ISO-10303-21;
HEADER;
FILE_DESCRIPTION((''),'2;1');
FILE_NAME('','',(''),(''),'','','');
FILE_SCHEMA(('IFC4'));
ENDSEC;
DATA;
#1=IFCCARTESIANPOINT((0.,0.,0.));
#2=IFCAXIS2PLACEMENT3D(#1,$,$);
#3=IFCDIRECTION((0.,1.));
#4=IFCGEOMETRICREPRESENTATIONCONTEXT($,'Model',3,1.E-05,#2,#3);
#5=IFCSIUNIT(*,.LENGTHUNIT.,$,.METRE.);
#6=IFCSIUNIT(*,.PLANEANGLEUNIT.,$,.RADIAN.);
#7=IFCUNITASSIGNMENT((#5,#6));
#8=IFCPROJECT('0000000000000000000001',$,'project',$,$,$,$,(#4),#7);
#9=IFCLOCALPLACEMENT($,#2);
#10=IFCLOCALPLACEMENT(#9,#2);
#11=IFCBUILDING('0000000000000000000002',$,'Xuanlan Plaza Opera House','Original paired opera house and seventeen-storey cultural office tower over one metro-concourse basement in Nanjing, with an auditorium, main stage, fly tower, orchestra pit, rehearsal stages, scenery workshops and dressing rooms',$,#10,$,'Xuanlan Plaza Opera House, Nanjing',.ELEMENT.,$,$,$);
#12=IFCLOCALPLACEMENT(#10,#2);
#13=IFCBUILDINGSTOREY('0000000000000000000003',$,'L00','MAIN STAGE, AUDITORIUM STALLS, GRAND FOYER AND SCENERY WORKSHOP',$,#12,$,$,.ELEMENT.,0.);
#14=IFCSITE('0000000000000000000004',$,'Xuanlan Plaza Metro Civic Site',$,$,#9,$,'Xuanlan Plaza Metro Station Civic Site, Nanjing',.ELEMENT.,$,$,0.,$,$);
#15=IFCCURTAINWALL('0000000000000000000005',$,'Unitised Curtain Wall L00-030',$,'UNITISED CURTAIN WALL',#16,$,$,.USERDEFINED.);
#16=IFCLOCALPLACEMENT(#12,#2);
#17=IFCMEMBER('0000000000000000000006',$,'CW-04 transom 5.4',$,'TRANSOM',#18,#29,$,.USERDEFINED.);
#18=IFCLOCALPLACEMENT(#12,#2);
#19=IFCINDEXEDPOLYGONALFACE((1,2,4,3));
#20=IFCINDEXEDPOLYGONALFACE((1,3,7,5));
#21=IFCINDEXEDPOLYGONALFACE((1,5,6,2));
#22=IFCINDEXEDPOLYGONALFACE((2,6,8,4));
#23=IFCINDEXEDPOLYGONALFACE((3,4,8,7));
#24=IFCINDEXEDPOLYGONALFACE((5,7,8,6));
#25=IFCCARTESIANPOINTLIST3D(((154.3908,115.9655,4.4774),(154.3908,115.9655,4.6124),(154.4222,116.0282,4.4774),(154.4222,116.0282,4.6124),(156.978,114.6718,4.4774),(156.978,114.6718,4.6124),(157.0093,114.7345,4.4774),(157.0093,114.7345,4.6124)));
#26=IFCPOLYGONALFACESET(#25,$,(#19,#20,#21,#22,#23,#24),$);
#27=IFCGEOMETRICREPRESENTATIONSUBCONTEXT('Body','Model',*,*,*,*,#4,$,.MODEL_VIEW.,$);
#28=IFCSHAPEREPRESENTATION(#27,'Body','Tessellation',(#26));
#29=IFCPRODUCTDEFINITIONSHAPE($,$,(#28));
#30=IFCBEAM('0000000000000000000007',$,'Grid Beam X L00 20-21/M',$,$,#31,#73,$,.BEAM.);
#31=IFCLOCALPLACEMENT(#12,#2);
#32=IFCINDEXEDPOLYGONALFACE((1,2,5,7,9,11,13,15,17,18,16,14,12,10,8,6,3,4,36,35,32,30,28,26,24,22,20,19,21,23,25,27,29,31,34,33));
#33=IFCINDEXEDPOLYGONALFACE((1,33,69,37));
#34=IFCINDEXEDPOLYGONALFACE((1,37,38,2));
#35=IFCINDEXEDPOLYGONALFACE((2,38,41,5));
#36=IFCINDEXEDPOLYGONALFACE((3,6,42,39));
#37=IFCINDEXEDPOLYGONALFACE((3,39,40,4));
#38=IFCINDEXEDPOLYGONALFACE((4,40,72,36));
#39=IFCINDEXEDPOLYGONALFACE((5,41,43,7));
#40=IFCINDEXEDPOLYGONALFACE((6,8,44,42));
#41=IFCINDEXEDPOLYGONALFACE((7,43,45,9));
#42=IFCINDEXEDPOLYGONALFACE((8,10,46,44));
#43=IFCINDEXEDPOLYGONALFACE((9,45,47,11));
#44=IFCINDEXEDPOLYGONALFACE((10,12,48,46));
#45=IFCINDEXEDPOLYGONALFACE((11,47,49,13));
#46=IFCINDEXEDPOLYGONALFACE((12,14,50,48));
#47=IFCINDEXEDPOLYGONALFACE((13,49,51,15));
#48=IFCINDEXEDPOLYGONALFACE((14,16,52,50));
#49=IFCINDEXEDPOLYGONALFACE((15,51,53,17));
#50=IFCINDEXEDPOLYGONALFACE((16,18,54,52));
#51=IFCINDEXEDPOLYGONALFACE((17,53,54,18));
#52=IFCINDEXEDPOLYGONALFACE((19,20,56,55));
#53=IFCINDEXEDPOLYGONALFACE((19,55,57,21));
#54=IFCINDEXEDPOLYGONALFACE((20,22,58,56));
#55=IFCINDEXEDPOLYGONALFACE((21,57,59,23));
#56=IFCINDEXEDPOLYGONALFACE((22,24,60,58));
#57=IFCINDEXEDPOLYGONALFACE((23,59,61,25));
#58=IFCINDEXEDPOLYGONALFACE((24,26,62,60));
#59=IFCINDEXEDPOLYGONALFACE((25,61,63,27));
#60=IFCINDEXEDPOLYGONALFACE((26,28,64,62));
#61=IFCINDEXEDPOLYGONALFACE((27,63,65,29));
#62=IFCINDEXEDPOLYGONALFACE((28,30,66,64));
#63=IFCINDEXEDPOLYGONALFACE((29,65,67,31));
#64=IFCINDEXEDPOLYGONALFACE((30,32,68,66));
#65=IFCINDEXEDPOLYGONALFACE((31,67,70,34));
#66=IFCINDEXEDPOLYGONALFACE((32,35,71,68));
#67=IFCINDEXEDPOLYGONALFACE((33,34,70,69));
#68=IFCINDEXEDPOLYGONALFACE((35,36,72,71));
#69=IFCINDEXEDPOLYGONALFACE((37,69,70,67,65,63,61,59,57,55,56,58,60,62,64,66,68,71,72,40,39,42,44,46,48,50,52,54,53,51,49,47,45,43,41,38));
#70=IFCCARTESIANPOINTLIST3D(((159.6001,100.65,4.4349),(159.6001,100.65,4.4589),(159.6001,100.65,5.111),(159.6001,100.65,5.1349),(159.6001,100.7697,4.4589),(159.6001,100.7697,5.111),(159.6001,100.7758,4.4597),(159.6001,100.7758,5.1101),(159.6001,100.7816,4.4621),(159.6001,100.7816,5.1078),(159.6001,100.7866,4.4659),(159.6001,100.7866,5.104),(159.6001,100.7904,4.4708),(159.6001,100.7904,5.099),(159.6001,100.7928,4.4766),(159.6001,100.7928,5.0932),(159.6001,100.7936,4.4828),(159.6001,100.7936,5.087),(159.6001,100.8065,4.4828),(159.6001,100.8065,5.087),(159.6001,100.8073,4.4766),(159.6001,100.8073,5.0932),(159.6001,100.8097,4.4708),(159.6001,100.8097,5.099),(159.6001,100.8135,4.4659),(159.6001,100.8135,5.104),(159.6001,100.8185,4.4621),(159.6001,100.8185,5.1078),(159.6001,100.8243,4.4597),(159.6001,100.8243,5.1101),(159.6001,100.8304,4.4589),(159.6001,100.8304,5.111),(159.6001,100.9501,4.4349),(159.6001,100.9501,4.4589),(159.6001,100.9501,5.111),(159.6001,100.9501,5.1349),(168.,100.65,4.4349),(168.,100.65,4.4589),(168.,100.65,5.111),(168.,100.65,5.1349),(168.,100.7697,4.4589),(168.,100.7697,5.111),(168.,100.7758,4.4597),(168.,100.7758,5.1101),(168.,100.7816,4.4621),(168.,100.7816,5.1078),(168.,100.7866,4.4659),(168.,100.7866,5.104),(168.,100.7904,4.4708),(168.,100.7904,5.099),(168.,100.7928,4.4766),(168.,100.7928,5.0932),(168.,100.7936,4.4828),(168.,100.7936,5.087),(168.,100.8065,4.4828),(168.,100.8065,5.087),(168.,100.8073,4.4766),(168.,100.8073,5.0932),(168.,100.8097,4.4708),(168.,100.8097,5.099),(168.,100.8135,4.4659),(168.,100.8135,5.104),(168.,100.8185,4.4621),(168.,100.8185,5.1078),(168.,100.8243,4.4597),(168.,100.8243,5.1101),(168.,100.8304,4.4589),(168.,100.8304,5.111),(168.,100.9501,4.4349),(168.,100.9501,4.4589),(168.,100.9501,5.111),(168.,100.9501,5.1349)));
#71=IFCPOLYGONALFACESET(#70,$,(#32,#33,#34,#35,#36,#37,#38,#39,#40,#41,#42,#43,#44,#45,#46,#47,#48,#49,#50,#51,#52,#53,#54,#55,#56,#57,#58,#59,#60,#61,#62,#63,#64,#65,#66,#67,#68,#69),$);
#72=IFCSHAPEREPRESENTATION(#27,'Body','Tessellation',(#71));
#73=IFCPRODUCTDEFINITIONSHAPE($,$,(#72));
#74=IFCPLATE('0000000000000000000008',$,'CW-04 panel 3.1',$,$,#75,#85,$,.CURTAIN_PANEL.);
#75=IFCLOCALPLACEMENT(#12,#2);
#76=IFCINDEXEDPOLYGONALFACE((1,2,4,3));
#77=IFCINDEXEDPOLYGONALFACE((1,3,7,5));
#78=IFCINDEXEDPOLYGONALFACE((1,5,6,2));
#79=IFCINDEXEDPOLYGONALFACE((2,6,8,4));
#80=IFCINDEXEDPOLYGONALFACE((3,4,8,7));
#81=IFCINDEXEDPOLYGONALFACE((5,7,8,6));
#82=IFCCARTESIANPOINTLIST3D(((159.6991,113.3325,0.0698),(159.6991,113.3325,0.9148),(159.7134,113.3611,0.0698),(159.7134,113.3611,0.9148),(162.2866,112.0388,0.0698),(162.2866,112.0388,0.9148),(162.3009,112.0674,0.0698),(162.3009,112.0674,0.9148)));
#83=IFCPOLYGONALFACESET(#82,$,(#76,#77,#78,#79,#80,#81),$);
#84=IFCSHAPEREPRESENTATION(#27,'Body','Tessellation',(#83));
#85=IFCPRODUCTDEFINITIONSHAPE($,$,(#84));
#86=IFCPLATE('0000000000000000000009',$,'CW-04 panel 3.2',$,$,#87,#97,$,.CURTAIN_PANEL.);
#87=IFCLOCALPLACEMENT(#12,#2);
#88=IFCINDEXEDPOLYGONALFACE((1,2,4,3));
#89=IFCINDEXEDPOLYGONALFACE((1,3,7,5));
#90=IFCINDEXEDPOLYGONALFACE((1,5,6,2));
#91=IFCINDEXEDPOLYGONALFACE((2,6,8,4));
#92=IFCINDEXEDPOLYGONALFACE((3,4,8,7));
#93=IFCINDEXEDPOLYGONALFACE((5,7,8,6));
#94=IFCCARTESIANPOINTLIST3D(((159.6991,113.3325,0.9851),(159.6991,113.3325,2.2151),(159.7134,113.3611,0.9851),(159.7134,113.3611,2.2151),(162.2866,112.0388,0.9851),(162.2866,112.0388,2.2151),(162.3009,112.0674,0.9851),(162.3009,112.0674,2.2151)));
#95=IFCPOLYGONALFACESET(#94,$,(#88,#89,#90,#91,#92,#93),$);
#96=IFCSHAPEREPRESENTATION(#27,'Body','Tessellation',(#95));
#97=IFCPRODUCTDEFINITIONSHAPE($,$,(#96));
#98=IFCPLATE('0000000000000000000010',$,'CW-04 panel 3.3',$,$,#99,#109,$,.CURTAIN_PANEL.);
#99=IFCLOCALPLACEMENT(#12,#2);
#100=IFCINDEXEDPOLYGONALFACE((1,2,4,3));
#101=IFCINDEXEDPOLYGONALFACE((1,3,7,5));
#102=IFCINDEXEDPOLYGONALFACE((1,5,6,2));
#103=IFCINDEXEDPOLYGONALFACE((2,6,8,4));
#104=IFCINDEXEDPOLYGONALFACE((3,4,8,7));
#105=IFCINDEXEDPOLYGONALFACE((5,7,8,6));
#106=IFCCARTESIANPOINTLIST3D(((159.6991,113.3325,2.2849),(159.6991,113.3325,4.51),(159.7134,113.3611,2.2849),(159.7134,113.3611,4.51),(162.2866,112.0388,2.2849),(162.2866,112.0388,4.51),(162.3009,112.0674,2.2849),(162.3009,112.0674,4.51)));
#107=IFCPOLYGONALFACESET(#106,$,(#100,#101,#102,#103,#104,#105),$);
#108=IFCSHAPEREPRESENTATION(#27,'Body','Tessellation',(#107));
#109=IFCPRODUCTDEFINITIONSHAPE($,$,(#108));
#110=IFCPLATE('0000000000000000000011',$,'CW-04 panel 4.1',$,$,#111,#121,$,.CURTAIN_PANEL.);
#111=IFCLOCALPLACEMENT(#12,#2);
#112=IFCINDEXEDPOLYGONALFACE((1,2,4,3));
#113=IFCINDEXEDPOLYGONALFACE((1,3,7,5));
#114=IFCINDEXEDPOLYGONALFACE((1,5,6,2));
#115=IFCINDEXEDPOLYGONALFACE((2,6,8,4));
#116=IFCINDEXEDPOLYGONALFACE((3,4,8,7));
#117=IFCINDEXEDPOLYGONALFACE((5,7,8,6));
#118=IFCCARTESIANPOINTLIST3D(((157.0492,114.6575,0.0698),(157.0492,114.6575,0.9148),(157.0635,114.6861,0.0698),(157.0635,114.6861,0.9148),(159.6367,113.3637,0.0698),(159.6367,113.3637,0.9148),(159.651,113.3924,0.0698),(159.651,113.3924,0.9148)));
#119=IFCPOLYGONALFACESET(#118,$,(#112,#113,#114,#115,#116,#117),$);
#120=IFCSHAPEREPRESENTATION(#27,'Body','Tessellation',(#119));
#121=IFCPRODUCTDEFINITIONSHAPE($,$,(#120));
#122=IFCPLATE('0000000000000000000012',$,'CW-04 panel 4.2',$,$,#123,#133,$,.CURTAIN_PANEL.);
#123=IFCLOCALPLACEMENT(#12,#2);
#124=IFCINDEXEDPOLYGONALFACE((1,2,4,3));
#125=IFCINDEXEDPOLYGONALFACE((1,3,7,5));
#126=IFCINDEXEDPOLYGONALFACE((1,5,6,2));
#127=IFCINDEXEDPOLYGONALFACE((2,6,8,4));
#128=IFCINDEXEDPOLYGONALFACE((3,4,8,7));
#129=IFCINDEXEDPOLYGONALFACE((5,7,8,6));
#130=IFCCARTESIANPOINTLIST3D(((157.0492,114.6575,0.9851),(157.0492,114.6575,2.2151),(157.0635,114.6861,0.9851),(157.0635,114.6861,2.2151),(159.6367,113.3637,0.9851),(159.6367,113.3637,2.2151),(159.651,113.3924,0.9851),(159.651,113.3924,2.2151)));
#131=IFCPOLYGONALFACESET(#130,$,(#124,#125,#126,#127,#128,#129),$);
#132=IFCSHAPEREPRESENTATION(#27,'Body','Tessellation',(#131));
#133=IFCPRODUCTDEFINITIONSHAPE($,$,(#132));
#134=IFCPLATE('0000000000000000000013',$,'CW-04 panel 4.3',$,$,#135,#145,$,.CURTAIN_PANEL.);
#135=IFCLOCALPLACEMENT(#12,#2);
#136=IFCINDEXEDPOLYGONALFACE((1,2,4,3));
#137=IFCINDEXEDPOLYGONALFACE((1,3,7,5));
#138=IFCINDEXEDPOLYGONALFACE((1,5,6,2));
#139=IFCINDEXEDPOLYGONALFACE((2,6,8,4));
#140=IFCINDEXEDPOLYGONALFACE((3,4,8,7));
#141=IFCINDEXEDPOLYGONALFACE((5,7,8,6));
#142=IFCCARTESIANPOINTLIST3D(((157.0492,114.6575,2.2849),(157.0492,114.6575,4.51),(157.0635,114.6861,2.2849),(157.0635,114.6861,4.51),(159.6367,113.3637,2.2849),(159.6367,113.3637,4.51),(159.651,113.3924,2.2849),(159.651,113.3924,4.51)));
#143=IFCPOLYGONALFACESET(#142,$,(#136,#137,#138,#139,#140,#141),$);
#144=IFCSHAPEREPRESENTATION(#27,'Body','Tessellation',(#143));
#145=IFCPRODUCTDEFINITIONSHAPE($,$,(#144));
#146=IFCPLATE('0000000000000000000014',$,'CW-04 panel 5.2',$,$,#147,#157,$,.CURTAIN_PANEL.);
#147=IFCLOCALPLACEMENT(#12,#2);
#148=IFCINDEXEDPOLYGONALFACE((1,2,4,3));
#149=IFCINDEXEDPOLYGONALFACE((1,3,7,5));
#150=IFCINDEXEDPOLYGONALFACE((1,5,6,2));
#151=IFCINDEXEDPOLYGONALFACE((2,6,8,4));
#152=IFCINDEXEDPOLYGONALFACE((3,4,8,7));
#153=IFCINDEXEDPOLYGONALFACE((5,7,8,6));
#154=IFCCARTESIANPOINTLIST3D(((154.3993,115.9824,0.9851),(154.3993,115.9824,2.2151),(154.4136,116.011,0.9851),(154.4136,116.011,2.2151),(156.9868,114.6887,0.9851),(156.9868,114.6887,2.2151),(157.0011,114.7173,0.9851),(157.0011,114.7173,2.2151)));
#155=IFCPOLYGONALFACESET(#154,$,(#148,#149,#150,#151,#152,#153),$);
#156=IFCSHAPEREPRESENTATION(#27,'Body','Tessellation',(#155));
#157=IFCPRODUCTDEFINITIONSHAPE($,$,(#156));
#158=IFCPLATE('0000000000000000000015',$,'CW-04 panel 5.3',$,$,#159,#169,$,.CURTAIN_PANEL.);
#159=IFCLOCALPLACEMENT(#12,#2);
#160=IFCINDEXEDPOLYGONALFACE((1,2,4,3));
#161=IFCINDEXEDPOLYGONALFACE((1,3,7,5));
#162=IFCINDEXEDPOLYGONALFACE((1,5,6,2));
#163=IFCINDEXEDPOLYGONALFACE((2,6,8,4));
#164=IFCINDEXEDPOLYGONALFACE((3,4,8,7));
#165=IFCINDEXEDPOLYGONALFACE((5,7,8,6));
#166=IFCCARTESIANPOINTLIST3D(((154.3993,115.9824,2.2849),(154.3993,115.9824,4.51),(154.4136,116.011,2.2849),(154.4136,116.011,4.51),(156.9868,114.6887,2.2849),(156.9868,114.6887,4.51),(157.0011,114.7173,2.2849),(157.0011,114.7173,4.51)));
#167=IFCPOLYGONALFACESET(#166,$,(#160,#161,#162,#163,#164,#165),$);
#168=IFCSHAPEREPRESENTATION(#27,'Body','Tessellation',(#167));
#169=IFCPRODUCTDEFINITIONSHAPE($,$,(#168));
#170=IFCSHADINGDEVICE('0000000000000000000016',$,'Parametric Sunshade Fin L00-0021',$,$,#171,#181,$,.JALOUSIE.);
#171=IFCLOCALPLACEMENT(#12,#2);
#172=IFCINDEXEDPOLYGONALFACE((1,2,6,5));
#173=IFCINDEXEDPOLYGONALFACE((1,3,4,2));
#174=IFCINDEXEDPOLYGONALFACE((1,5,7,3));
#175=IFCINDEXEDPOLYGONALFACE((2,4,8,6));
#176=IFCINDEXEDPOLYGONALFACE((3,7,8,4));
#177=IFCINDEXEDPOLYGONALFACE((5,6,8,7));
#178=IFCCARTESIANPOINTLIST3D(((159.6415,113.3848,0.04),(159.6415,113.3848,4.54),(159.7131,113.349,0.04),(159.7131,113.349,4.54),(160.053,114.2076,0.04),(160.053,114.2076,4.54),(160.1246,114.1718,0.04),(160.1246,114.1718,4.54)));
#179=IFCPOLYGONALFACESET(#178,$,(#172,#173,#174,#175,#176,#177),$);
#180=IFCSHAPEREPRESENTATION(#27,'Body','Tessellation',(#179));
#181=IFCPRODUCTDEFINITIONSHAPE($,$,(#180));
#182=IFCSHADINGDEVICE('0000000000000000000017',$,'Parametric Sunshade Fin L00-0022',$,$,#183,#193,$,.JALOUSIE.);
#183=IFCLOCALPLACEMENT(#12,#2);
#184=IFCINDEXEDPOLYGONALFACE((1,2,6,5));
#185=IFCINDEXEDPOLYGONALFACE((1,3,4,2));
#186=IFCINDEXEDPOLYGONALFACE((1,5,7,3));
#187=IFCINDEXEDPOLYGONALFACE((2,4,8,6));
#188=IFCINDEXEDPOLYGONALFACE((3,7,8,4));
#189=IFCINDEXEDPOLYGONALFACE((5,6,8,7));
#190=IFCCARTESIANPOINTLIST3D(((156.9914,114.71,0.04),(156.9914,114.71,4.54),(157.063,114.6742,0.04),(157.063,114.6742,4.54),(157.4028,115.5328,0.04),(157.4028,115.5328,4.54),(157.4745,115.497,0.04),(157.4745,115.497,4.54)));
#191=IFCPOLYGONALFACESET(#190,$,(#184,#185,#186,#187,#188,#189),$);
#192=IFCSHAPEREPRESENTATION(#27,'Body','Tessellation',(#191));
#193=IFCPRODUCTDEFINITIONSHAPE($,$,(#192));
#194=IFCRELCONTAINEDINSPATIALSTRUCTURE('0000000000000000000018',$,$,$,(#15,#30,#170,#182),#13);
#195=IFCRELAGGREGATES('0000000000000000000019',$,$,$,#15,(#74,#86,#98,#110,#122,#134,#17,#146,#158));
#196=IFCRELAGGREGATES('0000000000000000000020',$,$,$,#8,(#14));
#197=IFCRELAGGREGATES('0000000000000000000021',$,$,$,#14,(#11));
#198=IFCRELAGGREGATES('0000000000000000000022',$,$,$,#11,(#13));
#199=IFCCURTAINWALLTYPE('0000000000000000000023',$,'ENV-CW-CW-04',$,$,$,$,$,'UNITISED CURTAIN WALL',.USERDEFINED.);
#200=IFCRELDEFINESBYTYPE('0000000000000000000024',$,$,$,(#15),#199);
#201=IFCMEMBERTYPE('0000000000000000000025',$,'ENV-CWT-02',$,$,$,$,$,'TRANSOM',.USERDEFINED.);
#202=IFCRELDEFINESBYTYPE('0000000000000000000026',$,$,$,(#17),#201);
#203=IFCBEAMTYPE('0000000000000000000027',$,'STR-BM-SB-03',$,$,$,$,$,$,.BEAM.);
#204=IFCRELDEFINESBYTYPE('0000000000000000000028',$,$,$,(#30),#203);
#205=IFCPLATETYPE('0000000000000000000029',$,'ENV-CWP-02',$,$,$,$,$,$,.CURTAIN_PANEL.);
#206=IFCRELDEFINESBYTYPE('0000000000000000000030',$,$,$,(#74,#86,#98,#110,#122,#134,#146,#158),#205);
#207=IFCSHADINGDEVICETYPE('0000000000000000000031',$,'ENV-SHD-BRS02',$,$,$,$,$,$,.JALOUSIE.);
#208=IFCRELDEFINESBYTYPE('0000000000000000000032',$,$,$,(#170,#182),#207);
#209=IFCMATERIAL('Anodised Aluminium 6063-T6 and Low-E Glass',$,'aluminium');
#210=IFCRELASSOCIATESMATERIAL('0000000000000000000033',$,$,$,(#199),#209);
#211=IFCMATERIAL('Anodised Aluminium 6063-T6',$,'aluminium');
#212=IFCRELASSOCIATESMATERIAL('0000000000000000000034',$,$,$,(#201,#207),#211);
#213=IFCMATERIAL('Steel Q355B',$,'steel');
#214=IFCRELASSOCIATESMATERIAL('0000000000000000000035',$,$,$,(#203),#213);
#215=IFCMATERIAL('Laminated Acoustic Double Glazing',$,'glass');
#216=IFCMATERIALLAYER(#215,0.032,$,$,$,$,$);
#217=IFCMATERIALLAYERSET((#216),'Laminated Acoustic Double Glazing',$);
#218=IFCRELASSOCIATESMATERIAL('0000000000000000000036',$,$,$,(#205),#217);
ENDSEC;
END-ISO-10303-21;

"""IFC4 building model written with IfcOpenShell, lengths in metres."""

from ifc_helpers import new_model, si_unit, direction, frame, origin, origin_2d, place, context, subcontext, project, spatial, rectangle, i_section, extrude, material, layer, layer_set, material_profile, profile_set, type_object, element, aggregate, save


model = new_model("IFC4")

# Units and contexts
model_context = context("Model", 3, precision=1e-05, world=origin(), true_north=direction((0.0, 1.0)))
body_context = subcontext(model_context, "Body", "Model", "MODEL_VIEW")
ifc_project = project(units=[si_unit("LENGTHUNIT", "METRE"), si_unit("PLANEANGLEUNIT", "RADIAN")], contexts=[model_context])

# Site, building, storey
site_placement = place(None, origin())
site = spatial("IfcSite", under=ifc_project, at=site_placement, Name="Xuanlan Plaza Metro Civic Site", LongName="Xuanlan Plaza Metro Station Civic Site, Nanjing", CompositionType="ELEMENT", RefElevation=0.0)
building_placement = place(site_placement, origin())
building = spatial("IfcBuilding", under=site, at=building_placement, Name="Xuanlan Plaza Opera House", Description="Original paired opera house and seventeen-storey cultural office tower over one metro-concourse basement in Nanjing, with an auditorium, main stage, fly tower, orchestra pit, rehearsal stages, scenery workshops and dressing rooms", LongName="Xuanlan Plaza Opera House, Nanjing", CompositionType="ELEMENT")
storey_placement = place(building_placement, origin())
storey = spatial("IfcBuildingStorey", under=building, at=storey_placement, Name="L00", Description="MAIN STAGE, AUDITORIUM STALLS, GRAND FOYER AND SCENERY WORKSHOP", CompositionType="ELEMENT", Elevation=0.0)

# Curtain wall, member
ifc_material_1 = material(Name="Anodised Aluminium 6063-T6 and Low-E Glass", Category="aluminium")
curtain_wall_type = type_object("IfcCurtainWallType", Name="ENV-CW-CW-04", ElementType="UNITISED CURTAIN WALL", PredefinedType="USERDEFINED", material=ifc_material_1)
curtain_wall_placement = place(storey_placement, origin())
curtain_wall = element("IfcCurtainWall", 1, at=curtain_wall_placement, inside=storey, type_object=curtain_wall_type, Name="Unitised Curtain Wall L00-030", ObjectType="UNITISED CURTAIN WALL", PredefinedType="USERDEFINED")
ifc_material_2 = material(Name="Anodised Aluminium 6063-T6", Category="aluminium")
ifc_material_profile_1 = material_profile(ifc_material_2, rectangle(XDim=0.0701, YDim=0.135, at=origin_2d()), Name="ALU-T 70x135")
ifc_profile_set_1 = profile_set([ifc_material_profile_1], Name="Anodised Aluminium 6063-T6")
member_type_1 = type_object("IfcMemberType", Name="ENV-CWT-02", ElementType="TRANSOM", PredefinedType="USERDEFINED", material=ifc_profile_set_1)
member_1_placement = place(storey_placement, frame((156.9937, 114.7031, 4.5449), z_axis=(-0.89441, 0.447247, 0.0), x_axis=(-0.447247, -0.89441, 0.0)))
member_1 = element("IfcMember", 2, at=member_1_placement, type_object=member_type_1, Name="CW-04 transom 5.4", ObjectType="TRANSOM", PredefinedType="USERDEFINED", context=body_context, shape_type="SweptSolid", body=[
    extrude(rectangle(XDim=0.0701, YDim=0.135, at=origin_2d()), origin(), (0.0, 0.0, 1.0), 2.8926),
])

# Beam
ifc_material_3 = material(Name="Steel Q355B", Category="steel")
ifc_material_profile_2 = material_profile(ifc_material_3, i_section(OverallWidth=0.3, OverallDepth=0.7, WebThickness=0.0129, FlangeThickness=0.0239, FilletRadius=0.0239, at=origin_2d()), Name="HN 700x300x13x24")
ifc_profile_set_2 = profile_set([ifc_material_profile_2], Name="Steel Q355B")
beam_type = type_object("IfcBeamType", Name="STR-BM-SB-03", PredefinedType="BEAM", material=ifc_profile_set_2)
beam_placement = place(storey_placement, frame((159.6001, 100.8, 4.7849), z_axis=(1.0, 0.0, 0.0), x_axis=(0.0, 1.0, 0.0)))
element("IfcBeam", 3, at=beam_placement, inside=storey, type_object=beam_type, Name="Grid Beam X L00 20-21/M", PredefinedType="BEAM", context=body_context, shape_type="SweptSolid", body=[
    extrude(i_section(OverallWidth=0.3, OverallDepth=0.7, WebThickness=0.0129, FlangeThickness=0.0239, FilletRadius=0.0239, at=origin_2d()), origin(), (0.0, 0.0, 1.0), 8.3999),
])

# Plates
ifc_material_4 = material(Name="Laminated Acoustic Double Glazing", Category="glass")
ifc_layer = layer(ifc_material_4, 0.032)
ifc_layer_set = layer_set([ifc_layer], Name="Laminated Acoustic Double Glazing")
plate_type = type_object("IfcPlateType", Name="ENV-CWP-02", PredefinedType="CURTAIN_PANEL", material=ifc_layer_set)
plate_1_placement = place(storey_placement, frame((161.0, 112.7, 0.0698), z_axis=(0.0, 0.0, 1.0), x_axis=(-0.894427, 0.447214, 0.0)))
plate_1 = element("IfcPlate", 4, at=plate_1_placement, type_object=plate_type, Name="CW-04 panel 3.1", PredefinedType="CURTAIN_PANEL", context=body_context, shape_type="SweptSolid", body=[
    extrude(rectangle(XDim=2.8928, YDim=0.032, at=origin_2d()), origin(), (0.0, 0.0, 1.0), 0.845),
])
plate_2_placement = place(storey_placement, frame((161.0, 112.7, 0.9851), z_axis=(0.0, 0.0, 1.0), x_axis=(-0.894427, 0.447214, 0.0)))
plate_2 = element("IfcPlate", 5, at=plate_2_placement, type_object=plate_type, Name="CW-04 panel 3.2", PredefinedType="CURTAIN_PANEL", context=body_context, shape_type="SweptSolid", body=[
    extrude(rectangle(XDim=2.8928, YDim=0.032, at=origin_2d()), origin(), (0.0, 0.0, 1.0), 1.23),
])
plate_3_placement = place(storey_placement, frame((161.0, 112.7, 2.2849), z_axis=(0.0, 0.0, 1.0), x_axis=(-0.894427, 0.447214, 0.0)))
plate_3 = element("IfcPlate", 6, at=plate_3_placement, type_object=plate_type, Name="CW-04 panel 3.3", PredefinedType="CURTAIN_PANEL", context=body_context, shape_type="SweptSolid", body=[
    extrude(rectangle(XDim=2.8928, YDim=0.032, at=origin_2d()), origin(), (0.0, 0.0, 1.0), 2.2251),
])
plate_4_placement = place(storey_placement, frame((158.3501, 114.0249, 0.0698), z_axis=(0.0, 0.0, 1.0), x_axis=(-0.894427, 0.447214, 0.0)))
plate_4 = element("IfcPlate", 7, at=plate_4_placement, type_object=plate_type, Name="CW-04 panel 4.1", PredefinedType="CURTAIN_PANEL", context=body_context, shape_type="SweptSolid", body=[
    extrude(rectangle(XDim=2.8928, YDim=0.032, at=origin_2d()), origin(), (0.0, 0.0, 1.0), 0.845),
])
plate_5_placement = place(storey_placement, frame((158.3501, 114.0249, 0.9851), z_axis=(0.0, 0.0, 1.0), x_axis=(-0.894427, 0.447214, 0.0)))
plate_5 = element("IfcPlate", 8, at=plate_5_placement, type_object=plate_type, Name="CW-04 panel 4.2", PredefinedType="CURTAIN_PANEL", context=body_context, shape_type="SweptSolid", body=[
    extrude(rectangle(XDim=2.8928, YDim=0.032, at=origin_2d()), origin(), (0.0, 0.0, 1.0), 1.23),
])
plate_6_placement = place(storey_placement, frame((158.3501, 114.0249, 2.2849), z_axis=(0.0, 0.0, 1.0), x_axis=(-0.894427, 0.447214, 0.0)))
plate_6 = element("IfcPlate", 9, at=plate_6_placement, type_object=plate_type, Name="CW-04 panel 4.3", PredefinedType="CURTAIN_PANEL", context=body_context, shape_type="SweptSolid", body=[
    extrude(rectangle(XDim=2.8928, YDim=0.032, at=origin_2d()), origin(), (0.0, 0.0, 1.0), 2.2251),
])
plate_7_placement = place(storey_placement, frame((155.7002, 115.3499, 0.9851), z_axis=(0.0, 0.0, 1.0), x_axis=(-0.894427, 0.447214, 0.0)))
plate_7 = element("IfcPlate", 10, at=plate_7_placement, type_object=plate_type, Name="CW-04 panel 5.2", PredefinedType="CURTAIN_PANEL", context=body_context, shape_type="SweptSolid", body=[
    extrude(rectangle(XDim=2.8928, YDim=0.032, at=origin_2d()), origin(), (0.0, 0.0, 1.0), 1.23),
])
plate_8_placement = place(storey_placement, frame((155.7002, 115.3499, 2.2849), z_axis=(0.0, 0.0, 1.0), x_axis=(-0.894427, 0.447214, 0.0)))
plate_8 = element("IfcPlate", 11, at=plate_8_placement, type_object=plate_type, Name="CW-04 panel 5.3", PredefinedType="CURTAIN_PANEL", context=body_context, shape_type="SweptSolid", body=[
    extrude(rectangle(XDim=2.8928, YDim=0.032, at=origin_2d()), origin(), (0.0, 0.0, 1.0), 2.2251),
])
aggregate(curtain_wall, [plate_1, plate_2, plate_3, plate_4, plate_5, plate_6, member_1, plate_7, plate_8])

# Shading devices
shading_device_type = type_object("IfcShadingDeviceType", Name="ENV-SHD-BRS02", PredefinedType="JALOUSIE", material=ifc_material_2)
for number, where, z_axis, x_axis, name in (
    (12, (159.8831, 113.7783, 0.04), (0.0, 0.0, 1.0), (0.447291, 0.894389, 0.0), "Parametric Sunshade Fin L00-0021"),
    (13, (157.2329, 115.1035, 0.04), (0.0, 0.0, 1.0), (0.447291, 0.894389, 0.0), "Parametric Sunshade Fin L00-0022"),
):
    element("IfcShadingDevice", number, at=place(storey_placement, frame(where, z_axis=z_axis, x_axis=x_axis)), inside=storey, type_object=shading_device_type, Name=name, PredefinedType="JALOUSIE", context=body_context, shape_type="SweptSolid", body=[
        extrude(rectangle(XDim=0.9199, YDim=0.0801, at=origin_2d()), origin(), (0.0, 0.0, 1.0), 4.5),
    ])

save(model, "model.ifc")
